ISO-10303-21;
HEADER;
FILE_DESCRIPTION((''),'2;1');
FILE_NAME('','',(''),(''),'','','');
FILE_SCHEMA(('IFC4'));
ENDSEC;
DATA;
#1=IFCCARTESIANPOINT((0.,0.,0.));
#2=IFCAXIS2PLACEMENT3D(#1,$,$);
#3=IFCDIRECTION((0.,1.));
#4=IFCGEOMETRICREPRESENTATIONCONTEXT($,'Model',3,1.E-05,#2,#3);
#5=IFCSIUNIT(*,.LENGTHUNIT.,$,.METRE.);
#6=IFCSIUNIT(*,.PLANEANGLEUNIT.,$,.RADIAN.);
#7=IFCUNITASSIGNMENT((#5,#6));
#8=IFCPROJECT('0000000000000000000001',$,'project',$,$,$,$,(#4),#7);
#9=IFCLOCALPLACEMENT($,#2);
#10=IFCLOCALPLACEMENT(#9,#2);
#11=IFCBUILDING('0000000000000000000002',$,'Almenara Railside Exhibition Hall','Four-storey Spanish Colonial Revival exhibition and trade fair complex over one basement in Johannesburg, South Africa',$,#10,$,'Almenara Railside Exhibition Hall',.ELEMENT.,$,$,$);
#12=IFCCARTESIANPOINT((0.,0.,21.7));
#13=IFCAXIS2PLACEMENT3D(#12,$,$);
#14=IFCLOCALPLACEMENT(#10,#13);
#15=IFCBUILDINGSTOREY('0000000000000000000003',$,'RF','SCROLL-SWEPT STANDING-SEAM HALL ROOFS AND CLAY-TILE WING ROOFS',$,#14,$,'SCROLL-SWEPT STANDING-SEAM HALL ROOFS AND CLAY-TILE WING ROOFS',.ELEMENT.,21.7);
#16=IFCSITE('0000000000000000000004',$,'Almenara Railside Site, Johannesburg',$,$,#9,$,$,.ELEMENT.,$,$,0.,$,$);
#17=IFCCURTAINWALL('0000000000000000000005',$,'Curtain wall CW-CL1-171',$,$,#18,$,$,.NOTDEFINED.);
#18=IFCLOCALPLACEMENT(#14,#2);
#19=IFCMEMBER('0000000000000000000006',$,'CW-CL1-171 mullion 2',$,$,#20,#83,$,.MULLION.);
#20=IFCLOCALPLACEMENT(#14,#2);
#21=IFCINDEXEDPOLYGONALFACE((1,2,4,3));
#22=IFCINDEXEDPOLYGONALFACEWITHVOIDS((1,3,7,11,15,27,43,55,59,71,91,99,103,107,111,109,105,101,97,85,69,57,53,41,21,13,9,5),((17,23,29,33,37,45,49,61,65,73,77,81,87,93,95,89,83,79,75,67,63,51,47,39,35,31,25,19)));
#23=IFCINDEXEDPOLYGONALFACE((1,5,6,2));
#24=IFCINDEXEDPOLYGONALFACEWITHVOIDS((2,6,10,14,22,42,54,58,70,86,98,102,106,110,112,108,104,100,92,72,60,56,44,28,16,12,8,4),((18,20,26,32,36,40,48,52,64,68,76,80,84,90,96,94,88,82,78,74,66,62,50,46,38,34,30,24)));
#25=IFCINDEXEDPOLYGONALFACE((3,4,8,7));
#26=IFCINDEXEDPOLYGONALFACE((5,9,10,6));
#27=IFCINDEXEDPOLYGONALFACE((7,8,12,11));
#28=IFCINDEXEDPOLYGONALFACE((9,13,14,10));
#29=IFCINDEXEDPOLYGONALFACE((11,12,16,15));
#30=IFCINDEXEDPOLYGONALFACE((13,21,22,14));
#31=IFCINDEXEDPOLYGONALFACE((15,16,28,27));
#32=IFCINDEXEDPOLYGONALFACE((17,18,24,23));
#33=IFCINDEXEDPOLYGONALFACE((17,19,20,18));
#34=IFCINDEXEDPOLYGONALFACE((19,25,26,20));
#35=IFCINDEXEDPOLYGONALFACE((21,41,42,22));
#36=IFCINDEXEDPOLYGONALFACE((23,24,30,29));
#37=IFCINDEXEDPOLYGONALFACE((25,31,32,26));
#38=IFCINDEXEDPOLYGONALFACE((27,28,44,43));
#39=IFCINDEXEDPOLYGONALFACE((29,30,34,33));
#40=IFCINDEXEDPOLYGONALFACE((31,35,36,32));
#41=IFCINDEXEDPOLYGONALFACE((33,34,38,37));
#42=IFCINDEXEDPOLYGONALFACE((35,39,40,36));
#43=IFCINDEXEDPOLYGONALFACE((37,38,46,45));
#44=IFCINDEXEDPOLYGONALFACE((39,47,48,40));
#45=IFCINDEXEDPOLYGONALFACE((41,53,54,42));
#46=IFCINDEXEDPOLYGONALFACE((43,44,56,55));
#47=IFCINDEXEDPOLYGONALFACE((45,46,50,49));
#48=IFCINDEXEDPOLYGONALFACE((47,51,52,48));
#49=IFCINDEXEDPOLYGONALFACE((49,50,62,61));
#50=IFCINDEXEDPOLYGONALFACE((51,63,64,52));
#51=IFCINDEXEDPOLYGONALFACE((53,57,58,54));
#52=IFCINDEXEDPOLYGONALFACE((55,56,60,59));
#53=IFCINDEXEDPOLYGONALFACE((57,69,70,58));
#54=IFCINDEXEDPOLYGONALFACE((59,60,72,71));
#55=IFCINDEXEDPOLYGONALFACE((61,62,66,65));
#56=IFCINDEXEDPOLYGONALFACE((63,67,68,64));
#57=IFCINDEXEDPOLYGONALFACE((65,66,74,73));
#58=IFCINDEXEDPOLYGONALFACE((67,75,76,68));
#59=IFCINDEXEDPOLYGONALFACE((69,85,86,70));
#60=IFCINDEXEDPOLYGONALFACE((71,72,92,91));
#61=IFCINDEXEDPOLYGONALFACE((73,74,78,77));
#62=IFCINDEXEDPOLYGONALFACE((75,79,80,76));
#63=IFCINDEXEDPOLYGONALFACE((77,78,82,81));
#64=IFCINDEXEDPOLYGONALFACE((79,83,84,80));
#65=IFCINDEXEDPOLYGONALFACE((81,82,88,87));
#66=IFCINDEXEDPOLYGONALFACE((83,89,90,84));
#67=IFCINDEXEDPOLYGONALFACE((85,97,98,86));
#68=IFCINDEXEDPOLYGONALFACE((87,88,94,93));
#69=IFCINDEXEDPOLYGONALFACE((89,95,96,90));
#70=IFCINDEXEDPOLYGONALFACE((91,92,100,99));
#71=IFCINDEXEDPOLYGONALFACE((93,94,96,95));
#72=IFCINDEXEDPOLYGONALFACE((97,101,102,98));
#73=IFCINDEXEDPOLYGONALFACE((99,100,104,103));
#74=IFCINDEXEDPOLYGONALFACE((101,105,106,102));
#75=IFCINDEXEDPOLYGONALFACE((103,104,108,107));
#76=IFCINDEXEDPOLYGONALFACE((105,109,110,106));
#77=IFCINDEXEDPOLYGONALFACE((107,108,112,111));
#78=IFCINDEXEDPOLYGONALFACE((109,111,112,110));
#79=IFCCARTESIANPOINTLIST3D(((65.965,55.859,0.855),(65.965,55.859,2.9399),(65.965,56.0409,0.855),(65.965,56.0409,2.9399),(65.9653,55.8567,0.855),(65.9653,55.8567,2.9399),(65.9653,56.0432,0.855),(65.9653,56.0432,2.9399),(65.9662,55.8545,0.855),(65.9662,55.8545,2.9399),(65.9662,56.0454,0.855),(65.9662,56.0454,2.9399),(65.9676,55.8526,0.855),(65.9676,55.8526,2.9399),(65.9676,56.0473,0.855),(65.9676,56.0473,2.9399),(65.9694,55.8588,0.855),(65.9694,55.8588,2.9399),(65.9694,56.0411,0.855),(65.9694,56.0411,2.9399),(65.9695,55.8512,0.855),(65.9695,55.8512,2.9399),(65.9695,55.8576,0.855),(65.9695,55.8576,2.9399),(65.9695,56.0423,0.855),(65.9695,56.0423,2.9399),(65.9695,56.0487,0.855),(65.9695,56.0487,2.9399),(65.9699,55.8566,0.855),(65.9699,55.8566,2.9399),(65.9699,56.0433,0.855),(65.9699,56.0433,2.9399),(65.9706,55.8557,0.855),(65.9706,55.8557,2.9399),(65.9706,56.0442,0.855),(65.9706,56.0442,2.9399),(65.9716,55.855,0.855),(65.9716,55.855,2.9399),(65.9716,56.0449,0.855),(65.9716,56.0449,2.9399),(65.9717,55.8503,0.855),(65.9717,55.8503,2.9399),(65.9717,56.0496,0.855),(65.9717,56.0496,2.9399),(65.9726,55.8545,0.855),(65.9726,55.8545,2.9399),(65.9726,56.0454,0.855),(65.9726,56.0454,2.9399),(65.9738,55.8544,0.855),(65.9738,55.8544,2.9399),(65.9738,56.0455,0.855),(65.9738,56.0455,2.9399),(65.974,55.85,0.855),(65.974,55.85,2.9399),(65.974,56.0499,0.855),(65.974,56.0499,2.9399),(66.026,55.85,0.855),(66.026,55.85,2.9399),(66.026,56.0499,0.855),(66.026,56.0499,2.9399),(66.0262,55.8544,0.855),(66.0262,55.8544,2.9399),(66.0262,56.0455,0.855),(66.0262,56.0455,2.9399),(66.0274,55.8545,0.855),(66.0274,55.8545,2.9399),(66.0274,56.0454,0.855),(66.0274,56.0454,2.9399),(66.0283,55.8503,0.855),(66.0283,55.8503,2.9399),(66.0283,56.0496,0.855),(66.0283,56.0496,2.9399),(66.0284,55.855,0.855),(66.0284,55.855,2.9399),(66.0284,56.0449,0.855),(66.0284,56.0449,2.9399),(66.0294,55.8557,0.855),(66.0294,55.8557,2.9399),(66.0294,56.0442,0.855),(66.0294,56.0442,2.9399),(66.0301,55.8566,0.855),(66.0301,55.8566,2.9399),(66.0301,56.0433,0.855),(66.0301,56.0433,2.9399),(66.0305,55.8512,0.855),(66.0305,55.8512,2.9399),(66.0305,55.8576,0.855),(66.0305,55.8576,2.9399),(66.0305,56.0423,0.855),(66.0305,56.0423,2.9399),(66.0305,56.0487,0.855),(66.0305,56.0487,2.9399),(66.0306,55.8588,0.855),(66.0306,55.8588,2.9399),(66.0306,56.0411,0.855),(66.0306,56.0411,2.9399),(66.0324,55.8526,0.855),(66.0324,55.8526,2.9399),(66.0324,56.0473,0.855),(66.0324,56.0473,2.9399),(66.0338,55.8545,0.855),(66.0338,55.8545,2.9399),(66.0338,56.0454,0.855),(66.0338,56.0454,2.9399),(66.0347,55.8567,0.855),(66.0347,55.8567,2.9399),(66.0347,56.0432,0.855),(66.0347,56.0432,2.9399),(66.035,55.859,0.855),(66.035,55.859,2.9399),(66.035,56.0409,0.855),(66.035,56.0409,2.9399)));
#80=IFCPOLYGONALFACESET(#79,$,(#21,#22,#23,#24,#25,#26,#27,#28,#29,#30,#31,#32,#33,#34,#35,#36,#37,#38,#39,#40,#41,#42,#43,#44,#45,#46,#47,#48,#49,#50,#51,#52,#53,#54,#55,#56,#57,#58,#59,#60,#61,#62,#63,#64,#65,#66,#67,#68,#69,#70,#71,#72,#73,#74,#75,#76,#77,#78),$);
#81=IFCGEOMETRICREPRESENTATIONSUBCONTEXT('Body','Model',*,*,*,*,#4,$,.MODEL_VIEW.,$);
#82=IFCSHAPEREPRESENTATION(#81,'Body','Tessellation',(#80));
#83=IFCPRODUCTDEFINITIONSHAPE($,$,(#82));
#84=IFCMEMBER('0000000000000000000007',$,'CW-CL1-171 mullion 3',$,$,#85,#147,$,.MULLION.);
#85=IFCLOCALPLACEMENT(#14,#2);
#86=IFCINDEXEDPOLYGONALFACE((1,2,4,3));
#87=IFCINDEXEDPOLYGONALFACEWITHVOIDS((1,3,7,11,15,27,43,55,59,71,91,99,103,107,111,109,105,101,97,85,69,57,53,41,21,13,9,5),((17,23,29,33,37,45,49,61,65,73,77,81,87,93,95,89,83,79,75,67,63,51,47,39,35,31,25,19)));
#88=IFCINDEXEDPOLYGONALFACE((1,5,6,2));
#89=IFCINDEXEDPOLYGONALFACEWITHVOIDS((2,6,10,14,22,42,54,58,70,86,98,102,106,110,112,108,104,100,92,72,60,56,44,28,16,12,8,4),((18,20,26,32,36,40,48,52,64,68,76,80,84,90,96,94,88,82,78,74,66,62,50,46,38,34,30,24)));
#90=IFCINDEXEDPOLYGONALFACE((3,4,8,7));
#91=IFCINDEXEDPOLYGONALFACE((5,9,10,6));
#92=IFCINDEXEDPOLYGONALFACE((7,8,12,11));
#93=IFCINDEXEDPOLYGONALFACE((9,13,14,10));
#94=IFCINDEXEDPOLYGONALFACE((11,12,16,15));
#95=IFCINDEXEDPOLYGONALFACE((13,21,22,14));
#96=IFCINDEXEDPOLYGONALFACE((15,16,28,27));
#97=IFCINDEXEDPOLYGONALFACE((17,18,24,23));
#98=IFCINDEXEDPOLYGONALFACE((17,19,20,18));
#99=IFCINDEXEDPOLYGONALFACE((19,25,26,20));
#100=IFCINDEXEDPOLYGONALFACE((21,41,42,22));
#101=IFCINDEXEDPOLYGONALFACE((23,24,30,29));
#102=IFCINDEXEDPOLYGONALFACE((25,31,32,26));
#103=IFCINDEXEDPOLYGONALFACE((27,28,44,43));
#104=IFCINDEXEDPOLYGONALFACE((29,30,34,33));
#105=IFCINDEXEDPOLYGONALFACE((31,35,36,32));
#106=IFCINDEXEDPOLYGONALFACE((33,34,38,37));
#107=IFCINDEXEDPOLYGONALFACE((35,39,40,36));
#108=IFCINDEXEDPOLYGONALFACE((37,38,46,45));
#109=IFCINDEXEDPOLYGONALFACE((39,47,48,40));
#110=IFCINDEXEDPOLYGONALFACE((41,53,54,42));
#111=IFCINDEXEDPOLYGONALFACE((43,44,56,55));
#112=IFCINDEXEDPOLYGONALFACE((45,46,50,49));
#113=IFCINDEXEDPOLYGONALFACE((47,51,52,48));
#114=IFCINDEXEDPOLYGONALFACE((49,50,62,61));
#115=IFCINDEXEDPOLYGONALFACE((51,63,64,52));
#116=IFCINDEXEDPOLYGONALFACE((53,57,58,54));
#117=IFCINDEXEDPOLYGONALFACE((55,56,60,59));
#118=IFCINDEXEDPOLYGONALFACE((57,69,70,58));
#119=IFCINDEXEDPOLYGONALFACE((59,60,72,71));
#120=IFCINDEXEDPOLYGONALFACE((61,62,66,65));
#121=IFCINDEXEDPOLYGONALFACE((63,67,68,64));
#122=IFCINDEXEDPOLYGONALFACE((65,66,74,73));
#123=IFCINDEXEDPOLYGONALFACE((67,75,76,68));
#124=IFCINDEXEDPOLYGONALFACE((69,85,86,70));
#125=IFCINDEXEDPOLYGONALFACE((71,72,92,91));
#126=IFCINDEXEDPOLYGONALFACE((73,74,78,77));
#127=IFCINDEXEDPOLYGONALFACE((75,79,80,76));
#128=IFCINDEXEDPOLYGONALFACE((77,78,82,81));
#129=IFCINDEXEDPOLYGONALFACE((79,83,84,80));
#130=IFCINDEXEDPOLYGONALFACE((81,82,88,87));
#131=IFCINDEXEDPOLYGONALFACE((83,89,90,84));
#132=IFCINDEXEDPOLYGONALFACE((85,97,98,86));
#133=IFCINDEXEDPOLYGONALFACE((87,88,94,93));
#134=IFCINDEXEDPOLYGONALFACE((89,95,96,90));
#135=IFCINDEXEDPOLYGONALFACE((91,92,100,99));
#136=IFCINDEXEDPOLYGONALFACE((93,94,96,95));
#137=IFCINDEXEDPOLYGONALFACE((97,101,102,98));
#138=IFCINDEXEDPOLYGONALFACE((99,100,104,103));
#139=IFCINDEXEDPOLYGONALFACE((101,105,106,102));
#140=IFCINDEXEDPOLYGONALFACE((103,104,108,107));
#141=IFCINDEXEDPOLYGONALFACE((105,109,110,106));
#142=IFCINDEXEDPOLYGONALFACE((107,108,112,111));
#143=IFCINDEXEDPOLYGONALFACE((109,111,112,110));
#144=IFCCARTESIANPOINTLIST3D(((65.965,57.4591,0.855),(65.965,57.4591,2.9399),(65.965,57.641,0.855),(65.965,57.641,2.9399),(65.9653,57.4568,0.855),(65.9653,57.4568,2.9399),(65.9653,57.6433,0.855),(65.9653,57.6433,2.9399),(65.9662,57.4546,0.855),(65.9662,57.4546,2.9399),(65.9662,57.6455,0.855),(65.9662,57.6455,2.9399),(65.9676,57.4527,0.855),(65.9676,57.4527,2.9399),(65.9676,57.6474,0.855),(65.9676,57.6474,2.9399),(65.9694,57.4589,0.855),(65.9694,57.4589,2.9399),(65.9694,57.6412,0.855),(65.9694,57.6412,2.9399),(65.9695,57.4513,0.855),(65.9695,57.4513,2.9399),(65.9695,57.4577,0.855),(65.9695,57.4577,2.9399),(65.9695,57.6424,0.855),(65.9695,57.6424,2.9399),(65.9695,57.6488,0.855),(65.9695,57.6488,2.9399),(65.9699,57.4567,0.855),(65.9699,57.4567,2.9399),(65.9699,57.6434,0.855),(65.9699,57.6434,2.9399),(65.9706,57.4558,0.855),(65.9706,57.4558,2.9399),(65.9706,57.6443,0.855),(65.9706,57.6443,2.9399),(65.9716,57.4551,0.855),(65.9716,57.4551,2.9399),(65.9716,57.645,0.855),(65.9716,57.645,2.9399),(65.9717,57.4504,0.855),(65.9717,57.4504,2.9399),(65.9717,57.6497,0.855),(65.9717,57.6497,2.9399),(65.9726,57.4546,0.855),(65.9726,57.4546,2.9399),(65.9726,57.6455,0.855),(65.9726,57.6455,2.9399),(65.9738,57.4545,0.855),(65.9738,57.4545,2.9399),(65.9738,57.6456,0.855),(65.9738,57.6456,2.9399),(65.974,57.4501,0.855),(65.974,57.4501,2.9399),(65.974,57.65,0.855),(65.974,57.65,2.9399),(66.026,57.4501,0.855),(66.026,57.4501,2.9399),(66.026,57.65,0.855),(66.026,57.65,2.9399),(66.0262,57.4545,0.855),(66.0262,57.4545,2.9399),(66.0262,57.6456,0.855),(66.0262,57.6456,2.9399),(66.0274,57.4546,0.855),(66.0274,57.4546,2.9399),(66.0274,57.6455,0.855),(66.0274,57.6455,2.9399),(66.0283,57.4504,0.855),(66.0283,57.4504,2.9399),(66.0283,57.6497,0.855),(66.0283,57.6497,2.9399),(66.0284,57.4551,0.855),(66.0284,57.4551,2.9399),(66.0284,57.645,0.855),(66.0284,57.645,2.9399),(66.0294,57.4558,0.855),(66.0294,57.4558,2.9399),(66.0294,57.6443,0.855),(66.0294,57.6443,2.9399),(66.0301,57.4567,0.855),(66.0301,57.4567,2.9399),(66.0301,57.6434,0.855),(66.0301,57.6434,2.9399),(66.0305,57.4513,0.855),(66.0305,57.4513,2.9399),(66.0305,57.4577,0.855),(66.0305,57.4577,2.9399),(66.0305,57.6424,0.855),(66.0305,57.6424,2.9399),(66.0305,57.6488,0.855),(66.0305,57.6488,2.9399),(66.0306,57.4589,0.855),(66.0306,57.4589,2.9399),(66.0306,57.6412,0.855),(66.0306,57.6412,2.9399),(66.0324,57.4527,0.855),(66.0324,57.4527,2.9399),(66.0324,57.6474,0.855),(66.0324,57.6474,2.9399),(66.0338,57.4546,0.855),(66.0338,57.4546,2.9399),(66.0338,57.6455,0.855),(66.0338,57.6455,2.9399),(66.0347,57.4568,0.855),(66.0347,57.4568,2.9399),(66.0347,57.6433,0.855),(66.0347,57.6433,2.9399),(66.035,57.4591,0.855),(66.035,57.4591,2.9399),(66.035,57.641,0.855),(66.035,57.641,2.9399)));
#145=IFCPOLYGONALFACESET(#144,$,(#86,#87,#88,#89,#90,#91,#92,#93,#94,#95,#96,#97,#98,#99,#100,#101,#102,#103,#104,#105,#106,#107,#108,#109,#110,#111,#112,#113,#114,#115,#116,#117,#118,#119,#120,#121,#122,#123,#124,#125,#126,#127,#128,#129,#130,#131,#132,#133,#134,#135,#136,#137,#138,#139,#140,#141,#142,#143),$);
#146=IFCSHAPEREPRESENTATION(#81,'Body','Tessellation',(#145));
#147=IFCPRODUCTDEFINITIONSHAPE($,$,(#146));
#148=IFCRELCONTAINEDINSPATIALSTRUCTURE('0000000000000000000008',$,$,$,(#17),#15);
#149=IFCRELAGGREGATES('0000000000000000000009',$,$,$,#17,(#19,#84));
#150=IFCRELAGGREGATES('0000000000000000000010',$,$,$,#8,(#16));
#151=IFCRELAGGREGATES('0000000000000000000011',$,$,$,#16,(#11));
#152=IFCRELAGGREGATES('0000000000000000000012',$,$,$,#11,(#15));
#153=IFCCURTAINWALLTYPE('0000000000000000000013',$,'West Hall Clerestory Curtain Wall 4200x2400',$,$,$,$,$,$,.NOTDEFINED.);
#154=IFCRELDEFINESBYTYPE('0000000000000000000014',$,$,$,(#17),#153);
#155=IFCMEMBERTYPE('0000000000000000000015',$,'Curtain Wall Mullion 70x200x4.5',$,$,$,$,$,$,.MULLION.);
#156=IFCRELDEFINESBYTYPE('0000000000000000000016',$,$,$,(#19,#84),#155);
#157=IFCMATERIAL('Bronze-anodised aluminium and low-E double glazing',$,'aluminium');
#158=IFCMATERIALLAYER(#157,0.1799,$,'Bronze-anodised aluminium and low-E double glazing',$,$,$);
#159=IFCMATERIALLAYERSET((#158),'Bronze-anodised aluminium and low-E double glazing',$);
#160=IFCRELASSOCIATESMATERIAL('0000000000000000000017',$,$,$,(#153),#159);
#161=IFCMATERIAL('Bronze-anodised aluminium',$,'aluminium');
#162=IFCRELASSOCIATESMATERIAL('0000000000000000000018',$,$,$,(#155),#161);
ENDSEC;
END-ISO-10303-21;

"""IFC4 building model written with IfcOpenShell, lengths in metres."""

from ifc_helpers import new_model, si_unit, direction, frame, origin, origin_2d, place, context, subcontext, project, spatial, hollow_rectangle, extrude, material, layer, layer_set, material_profile, profile_set, type_object, element, aggregate, save


model = new_model("IFC4")

# Units and contexts
model_context = context("Model", 3, precision=1e-05, world=origin(), true_north=direction((0.0, 1.0)))
body_context = subcontext(model_context, "Body", "Model", "MODEL_VIEW")
ifc_project = project(units=[si_unit("LENGTHUNIT", "METRE"), si_unit("PLANEANGLEUNIT", "RADIAN")], contexts=[model_context])

# Site, building, storey
site_placement = place(None, origin())
site = spatial("IfcSite", under=ifc_project, at=site_placement, Name="Almenara Railside Site, Johannesburg", CompositionType="ELEMENT", RefElevation=0.0)
building_placement = place(site_placement, origin())
building = spatial("IfcBuilding", under=site, at=building_placement, Name="Almenara Railside Exhibition Hall", Description="Four-storey Spanish Colonial Revival exhibition and trade fair complex over one basement in Johannesburg, South Africa", LongName="Almenara Railside Exhibition Hall", CompositionType="ELEMENT")
storey_placement = place(building_placement, frame((0.0, 0.0, 21.7)))
storey = spatial("IfcBuildingStorey", under=building, at=storey_placement, Name="RF", Description="SCROLL-SWEPT STANDING-SEAM HALL ROOFS AND CLAY-TILE WING ROOFS", LongName="SCROLL-SWEPT STANDING-SEAM HALL ROOFS AND CLAY-TILE WING ROOFS", CompositionType="ELEMENT", Elevation=21.7)

# Curtain wall, members
ifc_material_1 = material(Name="Bronze-anodised aluminium and low-E double glazing", Category="aluminium")
ifc_layer_1 = layer(ifc_material_1, 0.1799, Name="Bronze-anodised aluminium and low-E double glazing")
ifc_layer_set_1 = layer_set([ifc_layer_1], Name="Bronze-anodised aluminium and low-E double glazing")
curtain_wall_type = type_object("IfcCurtainWallType", Name="West Hall Clerestory Curtain Wall 4200x2400", PredefinedType="NOTDEFINED", material=ifc_layer_set_1)
ifc_material_2 = material(Name="Bronze-anodised aluminium", Category="aluminium")
curtain_wall_1_placement = place(storey_placement, origin())
curtain_wall_1 = element("IfcCurtainWall", 1, at=curtain_wall_1_placement, inside=storey, type_object=curtain_wall_type, Name="Curtain wall CW-CL1-171", PredefinedType="NOTDEFINED")
ifc_material_profile_1 = material_profile(ifc_material_2, hollow_rectangle(XDim=0.0701, YDim=0.2, WallThickness=0.0044, InnerFilletRadius=0.0044, OuterFilletRadius=0.009, at=origin_2d()), Name="ALU-MUL 70x200x4.5")
ifc_profile_set_1 = profile_set([ifc_material_profile_1], Name="Bronze-anodised aluminium")
member_type_1 = type_object("IfcMemberType", Name="Curtain Wall Mullion 70x200x4.5", PredefinedType="MULLION", material=ifc_profile_set_1)
member_1_placement = place(storey_placement, frame((66.0, 55.95, 0.855), z_axis=(0.0, 0.0, 1.0), x_axis=(-1.0, 0.0, 0.0)))
member_1 = element("IfcMember", 2, at=member_1_placement, type_object=member_type_1, Name="CW-CL1-171 mullion 2", PredefinedType="MULLION", context=body_context, shape_type="SweptSolid", body=[
    extrude(hollow_rectangle(XDim=0.0701, YDim=0.2, WallThickness=0.0044, InnerFilletRadius=0.0044, OuterFilletRadius=0.009, at=origin_2d()), origin(), (0.0, 0.0, 1.0), 2.085),
])
member_2_placement = place(storey_placement, frame((66.0, 57.55, 0.855), z_axis=(0.0, 0.0, 1.0), x_axis=(-1.0, 0.0, 0.0)))
member_2 = element("IfcMember", 3, at=member_2_placement, type_object=member_type_1, Name="CW-CL1-171 mullion 3", PredefinedType="MULLION", context=body_context, shape_type="SweptSolid", body=[
    extrude(hollow_rectangle(XDim=0.0701, YDim=0.2, WallThickness=0.0044, InnerFilletRadius=0.0044, OuterFilletRadius=0.009, at=origin_2d()), origin(), (0.0, 0.0, 1.0), 2.085),
])

aggregate(curtain_wall_1, [member_1, member_2])

save(model, "model.ifc")
